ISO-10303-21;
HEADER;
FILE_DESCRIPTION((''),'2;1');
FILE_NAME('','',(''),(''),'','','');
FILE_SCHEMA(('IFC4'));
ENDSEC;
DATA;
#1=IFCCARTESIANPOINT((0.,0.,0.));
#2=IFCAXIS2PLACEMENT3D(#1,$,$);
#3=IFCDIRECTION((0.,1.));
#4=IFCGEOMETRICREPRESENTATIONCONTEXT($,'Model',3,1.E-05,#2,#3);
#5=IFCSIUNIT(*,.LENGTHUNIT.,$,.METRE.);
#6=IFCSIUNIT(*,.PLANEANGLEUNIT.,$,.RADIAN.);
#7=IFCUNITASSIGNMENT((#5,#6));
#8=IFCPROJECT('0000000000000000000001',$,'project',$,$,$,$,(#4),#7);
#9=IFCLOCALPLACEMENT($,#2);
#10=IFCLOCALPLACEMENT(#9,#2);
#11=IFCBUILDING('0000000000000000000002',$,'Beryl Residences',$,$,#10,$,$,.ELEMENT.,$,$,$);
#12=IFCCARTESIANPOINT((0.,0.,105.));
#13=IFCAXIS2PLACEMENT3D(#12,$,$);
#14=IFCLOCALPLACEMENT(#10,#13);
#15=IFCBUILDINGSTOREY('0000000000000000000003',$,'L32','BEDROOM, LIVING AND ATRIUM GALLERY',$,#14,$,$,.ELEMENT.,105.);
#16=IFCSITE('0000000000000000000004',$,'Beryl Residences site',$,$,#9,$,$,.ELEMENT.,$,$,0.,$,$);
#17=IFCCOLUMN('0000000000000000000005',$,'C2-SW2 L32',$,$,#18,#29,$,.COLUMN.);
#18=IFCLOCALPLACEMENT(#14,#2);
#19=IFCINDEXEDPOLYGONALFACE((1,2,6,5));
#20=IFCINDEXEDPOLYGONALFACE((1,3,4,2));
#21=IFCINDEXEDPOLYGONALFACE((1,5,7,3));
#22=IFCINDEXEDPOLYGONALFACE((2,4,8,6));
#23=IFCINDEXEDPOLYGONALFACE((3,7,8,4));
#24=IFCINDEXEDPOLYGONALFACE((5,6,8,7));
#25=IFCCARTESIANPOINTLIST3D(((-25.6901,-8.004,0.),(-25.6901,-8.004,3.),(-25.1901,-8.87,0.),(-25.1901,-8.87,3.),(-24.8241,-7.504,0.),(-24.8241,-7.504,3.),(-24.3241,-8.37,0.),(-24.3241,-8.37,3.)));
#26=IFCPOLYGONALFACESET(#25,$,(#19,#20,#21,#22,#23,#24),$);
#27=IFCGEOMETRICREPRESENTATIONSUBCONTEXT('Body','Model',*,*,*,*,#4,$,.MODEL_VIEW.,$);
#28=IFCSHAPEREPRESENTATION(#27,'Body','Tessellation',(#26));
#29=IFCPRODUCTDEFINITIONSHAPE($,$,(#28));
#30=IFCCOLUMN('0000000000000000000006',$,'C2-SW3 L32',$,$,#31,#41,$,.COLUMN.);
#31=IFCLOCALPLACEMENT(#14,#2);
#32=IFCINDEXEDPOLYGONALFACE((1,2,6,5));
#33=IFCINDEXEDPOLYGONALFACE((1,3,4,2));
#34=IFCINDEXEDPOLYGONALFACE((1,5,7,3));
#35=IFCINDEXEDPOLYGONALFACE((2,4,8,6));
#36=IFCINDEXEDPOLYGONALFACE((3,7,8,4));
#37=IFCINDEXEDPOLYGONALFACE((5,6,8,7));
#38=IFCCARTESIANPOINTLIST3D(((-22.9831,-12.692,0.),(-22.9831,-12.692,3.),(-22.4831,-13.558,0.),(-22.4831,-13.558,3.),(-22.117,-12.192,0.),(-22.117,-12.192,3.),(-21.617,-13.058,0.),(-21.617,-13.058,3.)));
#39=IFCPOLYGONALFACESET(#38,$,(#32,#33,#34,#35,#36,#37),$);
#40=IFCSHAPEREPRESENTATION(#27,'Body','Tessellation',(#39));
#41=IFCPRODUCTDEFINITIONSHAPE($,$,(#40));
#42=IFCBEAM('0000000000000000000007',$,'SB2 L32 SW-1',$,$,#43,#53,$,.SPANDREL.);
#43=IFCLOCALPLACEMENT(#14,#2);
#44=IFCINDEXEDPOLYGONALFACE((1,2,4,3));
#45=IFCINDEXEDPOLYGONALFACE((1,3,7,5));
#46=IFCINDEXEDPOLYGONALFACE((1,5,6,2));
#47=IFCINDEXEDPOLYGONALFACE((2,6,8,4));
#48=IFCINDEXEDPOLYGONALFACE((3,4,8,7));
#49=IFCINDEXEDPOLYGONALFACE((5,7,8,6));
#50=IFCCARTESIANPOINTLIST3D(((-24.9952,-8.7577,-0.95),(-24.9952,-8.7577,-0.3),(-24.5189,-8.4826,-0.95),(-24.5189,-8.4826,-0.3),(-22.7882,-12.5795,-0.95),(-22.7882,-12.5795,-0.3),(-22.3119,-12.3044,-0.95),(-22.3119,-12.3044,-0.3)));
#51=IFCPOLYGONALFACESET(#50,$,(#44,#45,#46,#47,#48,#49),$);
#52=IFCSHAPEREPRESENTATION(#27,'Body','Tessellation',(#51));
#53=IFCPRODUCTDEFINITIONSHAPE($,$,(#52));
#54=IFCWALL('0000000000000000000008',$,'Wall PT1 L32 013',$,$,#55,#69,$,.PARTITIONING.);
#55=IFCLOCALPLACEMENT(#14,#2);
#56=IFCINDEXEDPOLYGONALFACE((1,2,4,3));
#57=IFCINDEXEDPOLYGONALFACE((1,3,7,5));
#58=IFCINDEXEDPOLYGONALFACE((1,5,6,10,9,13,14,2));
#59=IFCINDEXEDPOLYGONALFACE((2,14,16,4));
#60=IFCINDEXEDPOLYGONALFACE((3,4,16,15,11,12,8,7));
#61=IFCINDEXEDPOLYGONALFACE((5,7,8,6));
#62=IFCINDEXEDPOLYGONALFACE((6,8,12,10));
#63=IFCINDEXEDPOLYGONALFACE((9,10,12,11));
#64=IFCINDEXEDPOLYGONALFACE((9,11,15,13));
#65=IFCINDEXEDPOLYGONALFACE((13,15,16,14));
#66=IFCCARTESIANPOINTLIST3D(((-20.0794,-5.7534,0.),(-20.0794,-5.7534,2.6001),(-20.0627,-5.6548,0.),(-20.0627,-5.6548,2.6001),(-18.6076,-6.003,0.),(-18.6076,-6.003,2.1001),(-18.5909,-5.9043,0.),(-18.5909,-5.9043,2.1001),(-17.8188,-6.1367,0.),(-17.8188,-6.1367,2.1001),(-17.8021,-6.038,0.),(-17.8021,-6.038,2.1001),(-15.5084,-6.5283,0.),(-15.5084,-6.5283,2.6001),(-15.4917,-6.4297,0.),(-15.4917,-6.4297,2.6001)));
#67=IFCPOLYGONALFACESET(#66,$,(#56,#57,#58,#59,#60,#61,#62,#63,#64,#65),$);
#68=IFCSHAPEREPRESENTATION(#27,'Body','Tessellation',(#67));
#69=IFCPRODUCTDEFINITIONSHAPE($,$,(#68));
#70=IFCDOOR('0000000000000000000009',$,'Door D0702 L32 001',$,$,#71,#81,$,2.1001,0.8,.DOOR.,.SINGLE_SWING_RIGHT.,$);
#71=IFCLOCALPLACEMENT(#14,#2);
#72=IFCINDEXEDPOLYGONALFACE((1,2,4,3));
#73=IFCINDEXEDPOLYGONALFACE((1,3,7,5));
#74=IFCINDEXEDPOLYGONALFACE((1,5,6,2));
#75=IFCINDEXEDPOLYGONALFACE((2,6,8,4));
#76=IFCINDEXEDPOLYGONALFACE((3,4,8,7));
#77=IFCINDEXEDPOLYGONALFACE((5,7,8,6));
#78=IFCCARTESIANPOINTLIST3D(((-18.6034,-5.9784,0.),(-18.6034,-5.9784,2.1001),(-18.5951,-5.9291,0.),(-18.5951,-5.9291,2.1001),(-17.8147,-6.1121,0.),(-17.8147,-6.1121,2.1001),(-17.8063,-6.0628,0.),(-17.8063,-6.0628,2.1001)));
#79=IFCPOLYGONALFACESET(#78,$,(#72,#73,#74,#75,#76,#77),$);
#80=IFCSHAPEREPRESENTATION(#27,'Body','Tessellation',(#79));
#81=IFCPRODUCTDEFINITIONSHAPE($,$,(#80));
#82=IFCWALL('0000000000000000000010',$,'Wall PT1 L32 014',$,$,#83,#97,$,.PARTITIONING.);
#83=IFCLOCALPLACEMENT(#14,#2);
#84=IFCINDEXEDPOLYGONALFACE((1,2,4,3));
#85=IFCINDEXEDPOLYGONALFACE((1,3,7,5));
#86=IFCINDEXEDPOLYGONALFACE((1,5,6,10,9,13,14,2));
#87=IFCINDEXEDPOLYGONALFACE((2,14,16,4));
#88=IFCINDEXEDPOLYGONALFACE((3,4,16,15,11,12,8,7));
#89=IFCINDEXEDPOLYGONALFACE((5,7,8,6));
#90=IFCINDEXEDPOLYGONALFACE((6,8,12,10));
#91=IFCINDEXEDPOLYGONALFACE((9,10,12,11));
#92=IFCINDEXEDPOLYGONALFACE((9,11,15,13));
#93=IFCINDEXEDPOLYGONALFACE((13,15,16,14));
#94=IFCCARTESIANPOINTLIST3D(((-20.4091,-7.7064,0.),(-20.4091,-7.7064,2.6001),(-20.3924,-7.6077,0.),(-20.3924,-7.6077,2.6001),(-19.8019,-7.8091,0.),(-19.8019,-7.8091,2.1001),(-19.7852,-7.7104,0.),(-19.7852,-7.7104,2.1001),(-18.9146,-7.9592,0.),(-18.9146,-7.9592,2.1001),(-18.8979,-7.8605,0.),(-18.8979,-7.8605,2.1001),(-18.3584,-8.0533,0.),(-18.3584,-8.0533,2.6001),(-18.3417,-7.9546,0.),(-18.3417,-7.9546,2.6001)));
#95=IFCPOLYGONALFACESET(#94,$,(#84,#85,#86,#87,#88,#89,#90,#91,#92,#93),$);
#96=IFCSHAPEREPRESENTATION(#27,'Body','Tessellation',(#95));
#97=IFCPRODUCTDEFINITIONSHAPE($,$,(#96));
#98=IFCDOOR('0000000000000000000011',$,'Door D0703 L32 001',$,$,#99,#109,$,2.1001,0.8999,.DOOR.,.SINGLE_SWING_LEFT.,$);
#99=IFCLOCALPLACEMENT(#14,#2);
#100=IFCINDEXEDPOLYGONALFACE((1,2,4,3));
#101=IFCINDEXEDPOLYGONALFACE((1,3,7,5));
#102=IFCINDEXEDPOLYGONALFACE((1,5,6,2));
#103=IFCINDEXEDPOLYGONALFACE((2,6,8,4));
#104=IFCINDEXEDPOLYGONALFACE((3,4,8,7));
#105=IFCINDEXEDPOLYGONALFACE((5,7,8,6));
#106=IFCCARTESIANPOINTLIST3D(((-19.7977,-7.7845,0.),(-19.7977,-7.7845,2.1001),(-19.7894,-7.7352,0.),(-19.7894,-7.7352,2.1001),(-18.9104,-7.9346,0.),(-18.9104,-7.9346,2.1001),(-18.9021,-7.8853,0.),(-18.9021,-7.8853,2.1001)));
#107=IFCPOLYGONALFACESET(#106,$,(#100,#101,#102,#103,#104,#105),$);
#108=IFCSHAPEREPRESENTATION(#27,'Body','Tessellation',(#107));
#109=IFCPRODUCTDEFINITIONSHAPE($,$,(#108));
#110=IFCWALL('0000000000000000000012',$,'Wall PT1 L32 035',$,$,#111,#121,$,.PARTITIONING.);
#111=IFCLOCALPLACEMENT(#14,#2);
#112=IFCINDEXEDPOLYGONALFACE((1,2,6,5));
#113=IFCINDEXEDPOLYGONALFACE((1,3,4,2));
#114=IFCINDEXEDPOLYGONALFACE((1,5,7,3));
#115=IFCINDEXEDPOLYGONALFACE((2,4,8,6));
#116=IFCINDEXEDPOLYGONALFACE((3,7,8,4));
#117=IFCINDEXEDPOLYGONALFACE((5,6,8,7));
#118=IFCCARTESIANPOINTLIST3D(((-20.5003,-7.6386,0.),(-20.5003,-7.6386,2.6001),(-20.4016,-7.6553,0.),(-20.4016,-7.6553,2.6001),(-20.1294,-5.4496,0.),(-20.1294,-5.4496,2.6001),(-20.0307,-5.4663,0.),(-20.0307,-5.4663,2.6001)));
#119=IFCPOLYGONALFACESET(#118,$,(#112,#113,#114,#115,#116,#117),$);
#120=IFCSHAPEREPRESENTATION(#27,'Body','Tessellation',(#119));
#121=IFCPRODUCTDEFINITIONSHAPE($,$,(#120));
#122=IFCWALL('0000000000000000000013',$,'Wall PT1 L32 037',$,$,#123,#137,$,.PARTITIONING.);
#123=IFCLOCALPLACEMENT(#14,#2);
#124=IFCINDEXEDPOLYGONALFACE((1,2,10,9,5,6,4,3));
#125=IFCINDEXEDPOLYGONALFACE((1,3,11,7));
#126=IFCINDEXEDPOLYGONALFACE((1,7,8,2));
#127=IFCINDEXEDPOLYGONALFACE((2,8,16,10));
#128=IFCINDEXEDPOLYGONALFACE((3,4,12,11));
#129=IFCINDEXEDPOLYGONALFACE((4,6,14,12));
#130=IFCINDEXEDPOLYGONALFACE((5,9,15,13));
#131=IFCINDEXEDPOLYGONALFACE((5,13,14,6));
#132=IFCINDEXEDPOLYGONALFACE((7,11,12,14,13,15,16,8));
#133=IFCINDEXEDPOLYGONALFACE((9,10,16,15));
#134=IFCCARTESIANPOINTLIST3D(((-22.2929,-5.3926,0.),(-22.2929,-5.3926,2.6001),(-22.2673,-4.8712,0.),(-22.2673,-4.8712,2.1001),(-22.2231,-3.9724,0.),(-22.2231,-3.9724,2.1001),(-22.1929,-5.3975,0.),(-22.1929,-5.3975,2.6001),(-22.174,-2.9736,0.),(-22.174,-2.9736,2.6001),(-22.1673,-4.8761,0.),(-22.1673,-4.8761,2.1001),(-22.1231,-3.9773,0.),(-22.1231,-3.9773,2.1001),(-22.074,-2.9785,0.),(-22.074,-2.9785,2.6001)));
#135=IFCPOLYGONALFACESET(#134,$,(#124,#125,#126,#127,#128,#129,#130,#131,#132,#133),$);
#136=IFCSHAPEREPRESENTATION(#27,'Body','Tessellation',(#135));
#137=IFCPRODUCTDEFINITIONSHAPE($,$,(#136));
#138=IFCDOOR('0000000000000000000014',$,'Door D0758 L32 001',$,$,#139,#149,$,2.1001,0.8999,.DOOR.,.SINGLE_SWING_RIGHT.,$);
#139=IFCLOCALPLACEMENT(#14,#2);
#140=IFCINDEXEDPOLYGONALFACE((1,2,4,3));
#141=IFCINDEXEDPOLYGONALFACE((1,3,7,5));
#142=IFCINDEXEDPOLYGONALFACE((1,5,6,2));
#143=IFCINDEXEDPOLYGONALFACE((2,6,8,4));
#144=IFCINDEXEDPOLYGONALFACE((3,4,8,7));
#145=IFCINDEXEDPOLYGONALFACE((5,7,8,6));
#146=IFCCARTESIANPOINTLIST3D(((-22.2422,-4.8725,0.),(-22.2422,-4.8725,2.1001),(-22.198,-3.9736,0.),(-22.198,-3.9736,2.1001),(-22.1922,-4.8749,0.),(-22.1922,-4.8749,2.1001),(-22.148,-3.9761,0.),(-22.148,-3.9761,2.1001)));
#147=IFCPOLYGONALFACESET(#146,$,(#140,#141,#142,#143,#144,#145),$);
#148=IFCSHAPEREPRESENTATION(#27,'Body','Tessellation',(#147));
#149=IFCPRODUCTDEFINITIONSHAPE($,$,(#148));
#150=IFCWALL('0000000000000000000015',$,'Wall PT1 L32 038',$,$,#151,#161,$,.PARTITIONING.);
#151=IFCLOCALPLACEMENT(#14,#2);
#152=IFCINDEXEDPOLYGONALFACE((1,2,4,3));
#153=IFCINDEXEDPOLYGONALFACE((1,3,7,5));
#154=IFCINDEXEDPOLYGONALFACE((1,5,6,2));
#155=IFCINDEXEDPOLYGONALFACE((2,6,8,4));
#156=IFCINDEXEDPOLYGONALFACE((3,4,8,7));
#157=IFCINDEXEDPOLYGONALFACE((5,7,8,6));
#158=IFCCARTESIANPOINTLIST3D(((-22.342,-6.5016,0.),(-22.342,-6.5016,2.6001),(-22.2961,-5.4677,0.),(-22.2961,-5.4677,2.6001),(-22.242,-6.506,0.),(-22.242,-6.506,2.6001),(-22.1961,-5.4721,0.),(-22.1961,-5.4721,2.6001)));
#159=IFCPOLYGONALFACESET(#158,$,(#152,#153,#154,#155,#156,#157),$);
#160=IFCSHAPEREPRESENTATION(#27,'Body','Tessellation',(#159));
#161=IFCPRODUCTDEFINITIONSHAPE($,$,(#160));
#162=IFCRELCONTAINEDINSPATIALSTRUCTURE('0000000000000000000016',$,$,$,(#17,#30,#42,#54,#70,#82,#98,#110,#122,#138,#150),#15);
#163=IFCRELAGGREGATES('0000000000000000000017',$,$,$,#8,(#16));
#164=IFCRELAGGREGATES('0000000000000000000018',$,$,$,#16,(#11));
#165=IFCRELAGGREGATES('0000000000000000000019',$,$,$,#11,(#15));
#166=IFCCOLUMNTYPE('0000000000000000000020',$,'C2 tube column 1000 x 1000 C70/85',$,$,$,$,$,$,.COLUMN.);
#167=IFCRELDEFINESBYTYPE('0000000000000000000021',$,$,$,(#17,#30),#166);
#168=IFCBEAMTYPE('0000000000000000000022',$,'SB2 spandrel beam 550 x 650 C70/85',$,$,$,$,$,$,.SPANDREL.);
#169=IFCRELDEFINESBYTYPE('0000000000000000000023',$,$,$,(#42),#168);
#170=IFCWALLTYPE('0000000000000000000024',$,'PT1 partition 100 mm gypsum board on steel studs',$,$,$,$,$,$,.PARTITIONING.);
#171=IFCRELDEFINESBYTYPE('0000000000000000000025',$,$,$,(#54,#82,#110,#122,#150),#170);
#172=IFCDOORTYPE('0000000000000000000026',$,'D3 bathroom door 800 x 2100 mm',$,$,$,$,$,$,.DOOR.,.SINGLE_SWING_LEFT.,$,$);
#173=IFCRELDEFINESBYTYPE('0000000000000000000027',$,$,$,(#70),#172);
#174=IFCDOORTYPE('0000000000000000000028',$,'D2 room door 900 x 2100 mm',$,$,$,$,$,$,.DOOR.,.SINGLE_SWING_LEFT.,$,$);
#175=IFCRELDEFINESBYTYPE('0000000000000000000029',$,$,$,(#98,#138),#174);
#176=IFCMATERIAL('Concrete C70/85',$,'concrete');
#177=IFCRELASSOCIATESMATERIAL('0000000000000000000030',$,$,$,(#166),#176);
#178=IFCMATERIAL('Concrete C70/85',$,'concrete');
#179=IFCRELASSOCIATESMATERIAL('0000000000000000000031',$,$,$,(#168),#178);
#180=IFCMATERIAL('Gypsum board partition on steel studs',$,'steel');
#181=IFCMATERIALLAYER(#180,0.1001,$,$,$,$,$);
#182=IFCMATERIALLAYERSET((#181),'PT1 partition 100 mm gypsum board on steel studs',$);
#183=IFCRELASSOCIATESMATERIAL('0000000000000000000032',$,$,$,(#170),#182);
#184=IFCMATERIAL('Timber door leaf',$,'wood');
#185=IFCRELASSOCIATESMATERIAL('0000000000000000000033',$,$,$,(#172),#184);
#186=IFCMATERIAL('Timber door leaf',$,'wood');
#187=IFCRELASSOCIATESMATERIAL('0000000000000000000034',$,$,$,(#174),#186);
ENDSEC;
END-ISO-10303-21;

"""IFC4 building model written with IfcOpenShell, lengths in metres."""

from ifc_helpers import new_model, si_unit, direction, frame, frame_2d, origin, origin_2d, place, context, subcontext, project, spatial, rectangle, extrude, material, layer, layer_set, material_profile, profile_set, type_object, element, fill, save


model = new_model("IFC4")

# Units and contexts
model_context = context("Model", 3, precision=1e-05, world=origin(), true_north=direction((0.0, 1.0)))
body_context = subcontext(model_context, "Body", "Model", "MODEL_VIEW")
ifc_project = project(units=[si_unit("LENGTHUNIT", "METRE"), si_unit("PLANEANGLEUNIT", "RADIAN")], contexts=[model_context])

# Site, building, storey
site_placement = place(None, origin())
site = spatial("IfcSite", under=ifc_project, at=site_placement, Name="Beryl Residences site", CompositionType="ELEMENT", RefElevation=0.0)
building_placement = place(site_placement, origin())
building = spatial("IfcBuilding", under=site, at=building_placement, Name="Beryl Residences", CompositionType="ELEMENT")
storey_placement = place(building_placement, frame((0.0, 0.0, 105.0)))
storey = spatial("IfcBuildingStorey", under=building, at=storey_placement, Name="L32", Description="BEDROOM, LIVING AND ATRIUM GALLERY", CompositionType="ELEMENT", Elevation=105.0)

# Columns
ifc_material_1 = material(Name="Concrete C70/85", Category="concrete")
ifc_material_profile_1 = material_profile(ifc_material_1, rectangle(XDim=1.0, YDim=1.0, at=origin_2d()))
ifc_profile_set_1 = profile_set([ifc_material_profile_1], Name="Concrete C70/85")
column_type = type_object("IfcColumnType", Name="C2 tube column 1000 x 1000 C70/85", PredefinedType="COLUMN", material=ifc_profile_set_1)
for number, where, z_axis, x_axis, name in (
    (1, (-25.0071, -8.187, 0.0), (0.0, 0.0, 1.0), (0.5, -0.866025, 0.0), "C2-SW2 L32"),
    (2, (-22.3, -12.875, 0.0), (0.0, 0.0, 1.0), (0.5, -0.866025, 0.0), "C2-SW3 L32"),
):
    element("IfcColumn", number, at=place(storey_placement, frame(where, z_axis=z_axis, x_axis=x_axis)), inside=storey, type_object=column_type, Name=name, PredefinedType="COLUMN", context=body_context, shape_type="SweptSolid", body=[
        extrude(rectangle(XDim=1.0, YDim=1.0, at=origin_2d()), origin(), (0.0, 0.0, 1.0), 3.0),
    ])

# Beam
ifc_material_2 = material(Name="Concrete C70/85", Category="concrete")
ifc_material_profile_2 = material_profile(ifc_material_2, rectangle(XDim=0.55, YDim=0.6499, at=origin_2d()))
ifc_profile_set_2 = profile_set([ifc_material_profile_2], Name="Concrete C70/85")
beam_type = type_object("IfcBeamType", Name="SB2 spandrel beam 550 x 650 C70/85", PredefinedType="SPANDREL", material=ifc_profile_set_2)
beam_placement = place(storey_placement, frame((-24.7571, -8.6201, -0.625), z_axis=(0.50009, -0.865974, 0.0), x_axis=(0.865974, 0.50009, 0.0)))
element("IfcBeam", 3, at=beam_placement, inside=storey, type_object=beam_type, Name="SB2 L32 SW-1", PredefinedType="SPANDREL", context=body_context, shape_type="SweptSolid", body=[
    extrude(rectangle(XDim=0.55, YDim=0.6499, at=origin_2d()), origin(), (0.0, 0.0, 1.0), 4.4133),
])

# Walls, openings, doors
ifc_material_3 = material(Name="Gypsum board partition on steel studs", Category="steel")
ifc_layer_1 = layer(ifc_material_3, 0.1001)
ifc_layer_set_1 = layer_set([ifc_layer_1], Name="PT1 partition 100 mm gypsum board on steel studs")
wall_type_1 = type_object("IfcWallType", Name="PT1 partition 100 mm gypsum board on steel studs", PredefinedType="PARTITIONING", material=ifc_layer_set_1)
wall_1_placement = place(storey_placement, frame((-20.071, -5.7041, 0.0), z_axis=(0.0, 0.0, 1.0), x_axis=(0.985933, -0.167139, 0.0)))
wall_1 = element("IfcWall", 4, at=wall_1_placement, inside=storey, type_object=wall_type_1, Name="Wall PT1 L32 013", PredefinedType="PARTITIONING", context=body_context, shape_type="SweptSolid", body=[
    extrude(rectangle(XDim=4.6362, YDim=0.1001, at=frame_2d((2.3181, 0.0))), origin(), (0.0, 0.0, 1.0), 2.6001),
])
opening_1_placement = place(wall_1_placement, frame((1.4929, 0.0, 0.0)))
opening_1 = element("IfcOpeningElement", 5, at=opening_1_placement, cuts=wall_1, PredefinedType="OPENING", context=body_context, shape_type="SweptSolid", body=[
    extrude(rectangle(XDim=0.8, YDim=2.1001, at=frame_2d((0.3999, 1.05))), frame((0.0, 0.0601, 0.0), z_axis=(0.0, -1.0, 0.0), x_axis=(1.0, 0.0, 0.0)), (0.0, 0.0, 1.0), 0.1201),
])
ifc_material_4 = material(Name="Timber door leaf", Category="wood")
door_type_1 = type_object("IfcDoorType", Name="D3 bathroom door 800 x 2100 mm", OperationType="SINGLE_SWING_LEFT", PredefinedType="DOOR", material=ifc_material_4)
door_1_placement = place(opening_1_placement, origin())
door_1 = element("IfcDoor", 6, at=door_1_placement, inside=storey, type_object=door_type_1, Name="Door D0702 L32 001", OperationType="SINGLE_SWING_RIGHT", OverallHeight=2.1001, OverallWidth=0.8, PredefinedType="DOOR", context=body_context, shape_type="SweptSolid", body=[
    extrude(rectangle(XDim=0.8, YDim=2.1001, at=frame_2d((0.3999, 1.05))), frame((0.0, 0.0249, 0.0), z_axis=(0.0, -1.0, 0.0), x_axis=(1.0, 0.0, 0.0)), (0.0, 0.0, 1.0), 0.05),
])
fill(opening_1, door_1)
wall_2_placement = place(storey_placement, frame((-20.4009, -7.657, 0.0), z_axis=(0.0, 0.0, 1.0), x_axis=(0.985991, -0.166797, 0.0)))
wall_2 = element("IfcWall", 7, at=wall_2_placement, inside=storey, type_object=wall_type_1, Name="Wall PT1 L32 014", PredefinedType="PARTITIONING", context=body_context, shape_type="SweptSolid", body=[
    extrude(rectangle(XDim=2.0798, YDim=0.1001, at=frame_2d((1.04, 0.0))), origin(), (0.0, 0.0, 1.0), 2.6001),
])
opening_2_placement = place(wall_2_placement, frame((0.616, 0.0, 0.0)))
opening_2 = element("IfcOpeningElement", 8, at=opening_2_placement, cuts=wall_2, PredefinedType="OPENING", context=body_context, shape_type="SweptSolid", body=[
    extrude(rectangle(XDim=0.8999, YDim=2.1001, at=frame_2d((0.45, 1.05))), frame((0.0, 0.0601, 0.0), z_axis=(0.0, -1.0, 0.0), x_axis=(1.0, 0.0, 0.0)), (0.0, 0.0, 1.0), 0.1201),
])
ifc_material_5 = material(Name="Timber door leaf", Category="wood")
door_type_2 = type_object("IfcDoorType", Name="D2 room door 900 x 2100 mm", OperationType="SINGLE_SWING_LEFT", PredefinedType="DOOR", material=ifc_material_5)
door_2_placement = place(opening_2_placement, origin())
door_2 = element("IfcDoor", 9, at=door_2_placement, inside=storey, type_object=door_type_2, Name="Door D0703 L32 001", OperationType="SINGLE_SWING_LEFT", OverallHeight=2.1001, OverallWidth=0.8999, PredefinedType="DOOR", context=body_context, shape_type="SweptSolid", body=[
    extrude(rectangle(XDim=0.8999, YDim=2.1001, at=frame_2d((0.45, 1.05))), frame((0.0, 0.0249, 0.0), z_axis=(0.0, -1.0, 0.0), x_axis=(1.0, 0.0, 0.0)), (0.0, 0.0, 1.0), 0.05),
])
fill(opening_2, door_2)

# Wall
wall_3_placement = place(storey_placement, frame((-20.4509, -7.647, 0.0), z_axis=(0.0, 0.0, 1.0), x_axis=(0.167038, 0.985951, 0.0)))
element("IfcWall", 10, at=wall_3_placement, inside=storey, type_object=wall_type_1, Name="Wall PT1 L32 035", PredefinedType="PARTITIONING", context=body_context, shape_type="SweptSolid", body=[
    extrude(rectangle(XDim=2.2202, YDim=0.1001, at=frame_2d((1.1101, 0.0))), origin(), (0.0, 0.0, 1.0), 2.6001),
])

# Wall, opening, door
wall_4_placement = place(storey_placement, frame((-22.2429, -5.395, 0.0), z_axis=(0.0, 0.0, 1.0), x_axis=(0.049093, 0.998794, 0.0)))
wall_4 = element("IfcWall", 11, at=wall_4_placement, inside=storey, type_object=wall_type_1, Name="Wall PT1 L32 037", PredefinedType="PARTITIONING", context=body_context, shape_type="SweptSolid", body=[
    extrude(rectangle(XDim=2.4219, YDim=0.1001, at=frame_2d((1.2109, 0.0))), origin(), (0.0, 0.0, 1.0), 2.6001),
])
opening_3_placement = place(wall_4_placement, frame((0.522, 0.0, 0.0)))
opening_3 = element("IfcOpeningElement", 12, at=opening_3_placement, cuts=wall_4, PredefinedType="OPENING", context=body_context, shape_type="SweptSolid", body=[
    extrude(rectangle(XDim=0.8999, YDim=2.1001, at=frame_2d((0.45, 1.05))), frame((0.0, 0.0601, 0.0), z_axis=(0.0, -1.0, 0.0), x_axis=(1.0, 0.0, 0.0)), (0.0, 0.0, 1.0), 0.1201),
])
door_3_placement = place(opening_3_placement, origin())
door_3 = element("IfcDoor", 13, at=door_3_placement, inside=storey, type_object=door_type_2, Name="Door D0758 L32 001", OperationType="SINGLE_SWING_RIGHT", OverallHeight=2.1001, OverallWidth=0.8999, PredefinedType="DOOR", context=body_context, shape_type="SweptSolid", body=[
    extrude(rectangle(XDim=0.8999, YDim=2.1001, at=frame_2d((0.45, 1.05))), frame((0.0, 0.0249, 0.0), z_axis=(0.0, -1.0, 0.0), x_axis=(1.0, 0.0, 0.0)), (0.0, 0.0, 1.0), 0.05),
])
fill(opening_3, door_3)

# Wall
wall_5_placement = place(storey_placement, frame((-22.292, -6.5039, 0.0), z_axis=(0.0, 0.0, 1.0), x_axis=(0.044348, 0.999016, 0.0)))
element("IfcWall", 14, at=wall_5_placement, inside=storey, type_object=wall_type_1, Name="Wall PT1 L32 038", PredefinedType="PARTITIONING", context=body_context, shape_type="SweptSolid", body=[
    extrude(rectangle(XDim=1.0349, YDim=0.1001, at=frame_2d((0.5176, 0.0))), origin(), (0.0, 0.0, 1.0), 2.6001),
])

save(model, "model.ifc")
